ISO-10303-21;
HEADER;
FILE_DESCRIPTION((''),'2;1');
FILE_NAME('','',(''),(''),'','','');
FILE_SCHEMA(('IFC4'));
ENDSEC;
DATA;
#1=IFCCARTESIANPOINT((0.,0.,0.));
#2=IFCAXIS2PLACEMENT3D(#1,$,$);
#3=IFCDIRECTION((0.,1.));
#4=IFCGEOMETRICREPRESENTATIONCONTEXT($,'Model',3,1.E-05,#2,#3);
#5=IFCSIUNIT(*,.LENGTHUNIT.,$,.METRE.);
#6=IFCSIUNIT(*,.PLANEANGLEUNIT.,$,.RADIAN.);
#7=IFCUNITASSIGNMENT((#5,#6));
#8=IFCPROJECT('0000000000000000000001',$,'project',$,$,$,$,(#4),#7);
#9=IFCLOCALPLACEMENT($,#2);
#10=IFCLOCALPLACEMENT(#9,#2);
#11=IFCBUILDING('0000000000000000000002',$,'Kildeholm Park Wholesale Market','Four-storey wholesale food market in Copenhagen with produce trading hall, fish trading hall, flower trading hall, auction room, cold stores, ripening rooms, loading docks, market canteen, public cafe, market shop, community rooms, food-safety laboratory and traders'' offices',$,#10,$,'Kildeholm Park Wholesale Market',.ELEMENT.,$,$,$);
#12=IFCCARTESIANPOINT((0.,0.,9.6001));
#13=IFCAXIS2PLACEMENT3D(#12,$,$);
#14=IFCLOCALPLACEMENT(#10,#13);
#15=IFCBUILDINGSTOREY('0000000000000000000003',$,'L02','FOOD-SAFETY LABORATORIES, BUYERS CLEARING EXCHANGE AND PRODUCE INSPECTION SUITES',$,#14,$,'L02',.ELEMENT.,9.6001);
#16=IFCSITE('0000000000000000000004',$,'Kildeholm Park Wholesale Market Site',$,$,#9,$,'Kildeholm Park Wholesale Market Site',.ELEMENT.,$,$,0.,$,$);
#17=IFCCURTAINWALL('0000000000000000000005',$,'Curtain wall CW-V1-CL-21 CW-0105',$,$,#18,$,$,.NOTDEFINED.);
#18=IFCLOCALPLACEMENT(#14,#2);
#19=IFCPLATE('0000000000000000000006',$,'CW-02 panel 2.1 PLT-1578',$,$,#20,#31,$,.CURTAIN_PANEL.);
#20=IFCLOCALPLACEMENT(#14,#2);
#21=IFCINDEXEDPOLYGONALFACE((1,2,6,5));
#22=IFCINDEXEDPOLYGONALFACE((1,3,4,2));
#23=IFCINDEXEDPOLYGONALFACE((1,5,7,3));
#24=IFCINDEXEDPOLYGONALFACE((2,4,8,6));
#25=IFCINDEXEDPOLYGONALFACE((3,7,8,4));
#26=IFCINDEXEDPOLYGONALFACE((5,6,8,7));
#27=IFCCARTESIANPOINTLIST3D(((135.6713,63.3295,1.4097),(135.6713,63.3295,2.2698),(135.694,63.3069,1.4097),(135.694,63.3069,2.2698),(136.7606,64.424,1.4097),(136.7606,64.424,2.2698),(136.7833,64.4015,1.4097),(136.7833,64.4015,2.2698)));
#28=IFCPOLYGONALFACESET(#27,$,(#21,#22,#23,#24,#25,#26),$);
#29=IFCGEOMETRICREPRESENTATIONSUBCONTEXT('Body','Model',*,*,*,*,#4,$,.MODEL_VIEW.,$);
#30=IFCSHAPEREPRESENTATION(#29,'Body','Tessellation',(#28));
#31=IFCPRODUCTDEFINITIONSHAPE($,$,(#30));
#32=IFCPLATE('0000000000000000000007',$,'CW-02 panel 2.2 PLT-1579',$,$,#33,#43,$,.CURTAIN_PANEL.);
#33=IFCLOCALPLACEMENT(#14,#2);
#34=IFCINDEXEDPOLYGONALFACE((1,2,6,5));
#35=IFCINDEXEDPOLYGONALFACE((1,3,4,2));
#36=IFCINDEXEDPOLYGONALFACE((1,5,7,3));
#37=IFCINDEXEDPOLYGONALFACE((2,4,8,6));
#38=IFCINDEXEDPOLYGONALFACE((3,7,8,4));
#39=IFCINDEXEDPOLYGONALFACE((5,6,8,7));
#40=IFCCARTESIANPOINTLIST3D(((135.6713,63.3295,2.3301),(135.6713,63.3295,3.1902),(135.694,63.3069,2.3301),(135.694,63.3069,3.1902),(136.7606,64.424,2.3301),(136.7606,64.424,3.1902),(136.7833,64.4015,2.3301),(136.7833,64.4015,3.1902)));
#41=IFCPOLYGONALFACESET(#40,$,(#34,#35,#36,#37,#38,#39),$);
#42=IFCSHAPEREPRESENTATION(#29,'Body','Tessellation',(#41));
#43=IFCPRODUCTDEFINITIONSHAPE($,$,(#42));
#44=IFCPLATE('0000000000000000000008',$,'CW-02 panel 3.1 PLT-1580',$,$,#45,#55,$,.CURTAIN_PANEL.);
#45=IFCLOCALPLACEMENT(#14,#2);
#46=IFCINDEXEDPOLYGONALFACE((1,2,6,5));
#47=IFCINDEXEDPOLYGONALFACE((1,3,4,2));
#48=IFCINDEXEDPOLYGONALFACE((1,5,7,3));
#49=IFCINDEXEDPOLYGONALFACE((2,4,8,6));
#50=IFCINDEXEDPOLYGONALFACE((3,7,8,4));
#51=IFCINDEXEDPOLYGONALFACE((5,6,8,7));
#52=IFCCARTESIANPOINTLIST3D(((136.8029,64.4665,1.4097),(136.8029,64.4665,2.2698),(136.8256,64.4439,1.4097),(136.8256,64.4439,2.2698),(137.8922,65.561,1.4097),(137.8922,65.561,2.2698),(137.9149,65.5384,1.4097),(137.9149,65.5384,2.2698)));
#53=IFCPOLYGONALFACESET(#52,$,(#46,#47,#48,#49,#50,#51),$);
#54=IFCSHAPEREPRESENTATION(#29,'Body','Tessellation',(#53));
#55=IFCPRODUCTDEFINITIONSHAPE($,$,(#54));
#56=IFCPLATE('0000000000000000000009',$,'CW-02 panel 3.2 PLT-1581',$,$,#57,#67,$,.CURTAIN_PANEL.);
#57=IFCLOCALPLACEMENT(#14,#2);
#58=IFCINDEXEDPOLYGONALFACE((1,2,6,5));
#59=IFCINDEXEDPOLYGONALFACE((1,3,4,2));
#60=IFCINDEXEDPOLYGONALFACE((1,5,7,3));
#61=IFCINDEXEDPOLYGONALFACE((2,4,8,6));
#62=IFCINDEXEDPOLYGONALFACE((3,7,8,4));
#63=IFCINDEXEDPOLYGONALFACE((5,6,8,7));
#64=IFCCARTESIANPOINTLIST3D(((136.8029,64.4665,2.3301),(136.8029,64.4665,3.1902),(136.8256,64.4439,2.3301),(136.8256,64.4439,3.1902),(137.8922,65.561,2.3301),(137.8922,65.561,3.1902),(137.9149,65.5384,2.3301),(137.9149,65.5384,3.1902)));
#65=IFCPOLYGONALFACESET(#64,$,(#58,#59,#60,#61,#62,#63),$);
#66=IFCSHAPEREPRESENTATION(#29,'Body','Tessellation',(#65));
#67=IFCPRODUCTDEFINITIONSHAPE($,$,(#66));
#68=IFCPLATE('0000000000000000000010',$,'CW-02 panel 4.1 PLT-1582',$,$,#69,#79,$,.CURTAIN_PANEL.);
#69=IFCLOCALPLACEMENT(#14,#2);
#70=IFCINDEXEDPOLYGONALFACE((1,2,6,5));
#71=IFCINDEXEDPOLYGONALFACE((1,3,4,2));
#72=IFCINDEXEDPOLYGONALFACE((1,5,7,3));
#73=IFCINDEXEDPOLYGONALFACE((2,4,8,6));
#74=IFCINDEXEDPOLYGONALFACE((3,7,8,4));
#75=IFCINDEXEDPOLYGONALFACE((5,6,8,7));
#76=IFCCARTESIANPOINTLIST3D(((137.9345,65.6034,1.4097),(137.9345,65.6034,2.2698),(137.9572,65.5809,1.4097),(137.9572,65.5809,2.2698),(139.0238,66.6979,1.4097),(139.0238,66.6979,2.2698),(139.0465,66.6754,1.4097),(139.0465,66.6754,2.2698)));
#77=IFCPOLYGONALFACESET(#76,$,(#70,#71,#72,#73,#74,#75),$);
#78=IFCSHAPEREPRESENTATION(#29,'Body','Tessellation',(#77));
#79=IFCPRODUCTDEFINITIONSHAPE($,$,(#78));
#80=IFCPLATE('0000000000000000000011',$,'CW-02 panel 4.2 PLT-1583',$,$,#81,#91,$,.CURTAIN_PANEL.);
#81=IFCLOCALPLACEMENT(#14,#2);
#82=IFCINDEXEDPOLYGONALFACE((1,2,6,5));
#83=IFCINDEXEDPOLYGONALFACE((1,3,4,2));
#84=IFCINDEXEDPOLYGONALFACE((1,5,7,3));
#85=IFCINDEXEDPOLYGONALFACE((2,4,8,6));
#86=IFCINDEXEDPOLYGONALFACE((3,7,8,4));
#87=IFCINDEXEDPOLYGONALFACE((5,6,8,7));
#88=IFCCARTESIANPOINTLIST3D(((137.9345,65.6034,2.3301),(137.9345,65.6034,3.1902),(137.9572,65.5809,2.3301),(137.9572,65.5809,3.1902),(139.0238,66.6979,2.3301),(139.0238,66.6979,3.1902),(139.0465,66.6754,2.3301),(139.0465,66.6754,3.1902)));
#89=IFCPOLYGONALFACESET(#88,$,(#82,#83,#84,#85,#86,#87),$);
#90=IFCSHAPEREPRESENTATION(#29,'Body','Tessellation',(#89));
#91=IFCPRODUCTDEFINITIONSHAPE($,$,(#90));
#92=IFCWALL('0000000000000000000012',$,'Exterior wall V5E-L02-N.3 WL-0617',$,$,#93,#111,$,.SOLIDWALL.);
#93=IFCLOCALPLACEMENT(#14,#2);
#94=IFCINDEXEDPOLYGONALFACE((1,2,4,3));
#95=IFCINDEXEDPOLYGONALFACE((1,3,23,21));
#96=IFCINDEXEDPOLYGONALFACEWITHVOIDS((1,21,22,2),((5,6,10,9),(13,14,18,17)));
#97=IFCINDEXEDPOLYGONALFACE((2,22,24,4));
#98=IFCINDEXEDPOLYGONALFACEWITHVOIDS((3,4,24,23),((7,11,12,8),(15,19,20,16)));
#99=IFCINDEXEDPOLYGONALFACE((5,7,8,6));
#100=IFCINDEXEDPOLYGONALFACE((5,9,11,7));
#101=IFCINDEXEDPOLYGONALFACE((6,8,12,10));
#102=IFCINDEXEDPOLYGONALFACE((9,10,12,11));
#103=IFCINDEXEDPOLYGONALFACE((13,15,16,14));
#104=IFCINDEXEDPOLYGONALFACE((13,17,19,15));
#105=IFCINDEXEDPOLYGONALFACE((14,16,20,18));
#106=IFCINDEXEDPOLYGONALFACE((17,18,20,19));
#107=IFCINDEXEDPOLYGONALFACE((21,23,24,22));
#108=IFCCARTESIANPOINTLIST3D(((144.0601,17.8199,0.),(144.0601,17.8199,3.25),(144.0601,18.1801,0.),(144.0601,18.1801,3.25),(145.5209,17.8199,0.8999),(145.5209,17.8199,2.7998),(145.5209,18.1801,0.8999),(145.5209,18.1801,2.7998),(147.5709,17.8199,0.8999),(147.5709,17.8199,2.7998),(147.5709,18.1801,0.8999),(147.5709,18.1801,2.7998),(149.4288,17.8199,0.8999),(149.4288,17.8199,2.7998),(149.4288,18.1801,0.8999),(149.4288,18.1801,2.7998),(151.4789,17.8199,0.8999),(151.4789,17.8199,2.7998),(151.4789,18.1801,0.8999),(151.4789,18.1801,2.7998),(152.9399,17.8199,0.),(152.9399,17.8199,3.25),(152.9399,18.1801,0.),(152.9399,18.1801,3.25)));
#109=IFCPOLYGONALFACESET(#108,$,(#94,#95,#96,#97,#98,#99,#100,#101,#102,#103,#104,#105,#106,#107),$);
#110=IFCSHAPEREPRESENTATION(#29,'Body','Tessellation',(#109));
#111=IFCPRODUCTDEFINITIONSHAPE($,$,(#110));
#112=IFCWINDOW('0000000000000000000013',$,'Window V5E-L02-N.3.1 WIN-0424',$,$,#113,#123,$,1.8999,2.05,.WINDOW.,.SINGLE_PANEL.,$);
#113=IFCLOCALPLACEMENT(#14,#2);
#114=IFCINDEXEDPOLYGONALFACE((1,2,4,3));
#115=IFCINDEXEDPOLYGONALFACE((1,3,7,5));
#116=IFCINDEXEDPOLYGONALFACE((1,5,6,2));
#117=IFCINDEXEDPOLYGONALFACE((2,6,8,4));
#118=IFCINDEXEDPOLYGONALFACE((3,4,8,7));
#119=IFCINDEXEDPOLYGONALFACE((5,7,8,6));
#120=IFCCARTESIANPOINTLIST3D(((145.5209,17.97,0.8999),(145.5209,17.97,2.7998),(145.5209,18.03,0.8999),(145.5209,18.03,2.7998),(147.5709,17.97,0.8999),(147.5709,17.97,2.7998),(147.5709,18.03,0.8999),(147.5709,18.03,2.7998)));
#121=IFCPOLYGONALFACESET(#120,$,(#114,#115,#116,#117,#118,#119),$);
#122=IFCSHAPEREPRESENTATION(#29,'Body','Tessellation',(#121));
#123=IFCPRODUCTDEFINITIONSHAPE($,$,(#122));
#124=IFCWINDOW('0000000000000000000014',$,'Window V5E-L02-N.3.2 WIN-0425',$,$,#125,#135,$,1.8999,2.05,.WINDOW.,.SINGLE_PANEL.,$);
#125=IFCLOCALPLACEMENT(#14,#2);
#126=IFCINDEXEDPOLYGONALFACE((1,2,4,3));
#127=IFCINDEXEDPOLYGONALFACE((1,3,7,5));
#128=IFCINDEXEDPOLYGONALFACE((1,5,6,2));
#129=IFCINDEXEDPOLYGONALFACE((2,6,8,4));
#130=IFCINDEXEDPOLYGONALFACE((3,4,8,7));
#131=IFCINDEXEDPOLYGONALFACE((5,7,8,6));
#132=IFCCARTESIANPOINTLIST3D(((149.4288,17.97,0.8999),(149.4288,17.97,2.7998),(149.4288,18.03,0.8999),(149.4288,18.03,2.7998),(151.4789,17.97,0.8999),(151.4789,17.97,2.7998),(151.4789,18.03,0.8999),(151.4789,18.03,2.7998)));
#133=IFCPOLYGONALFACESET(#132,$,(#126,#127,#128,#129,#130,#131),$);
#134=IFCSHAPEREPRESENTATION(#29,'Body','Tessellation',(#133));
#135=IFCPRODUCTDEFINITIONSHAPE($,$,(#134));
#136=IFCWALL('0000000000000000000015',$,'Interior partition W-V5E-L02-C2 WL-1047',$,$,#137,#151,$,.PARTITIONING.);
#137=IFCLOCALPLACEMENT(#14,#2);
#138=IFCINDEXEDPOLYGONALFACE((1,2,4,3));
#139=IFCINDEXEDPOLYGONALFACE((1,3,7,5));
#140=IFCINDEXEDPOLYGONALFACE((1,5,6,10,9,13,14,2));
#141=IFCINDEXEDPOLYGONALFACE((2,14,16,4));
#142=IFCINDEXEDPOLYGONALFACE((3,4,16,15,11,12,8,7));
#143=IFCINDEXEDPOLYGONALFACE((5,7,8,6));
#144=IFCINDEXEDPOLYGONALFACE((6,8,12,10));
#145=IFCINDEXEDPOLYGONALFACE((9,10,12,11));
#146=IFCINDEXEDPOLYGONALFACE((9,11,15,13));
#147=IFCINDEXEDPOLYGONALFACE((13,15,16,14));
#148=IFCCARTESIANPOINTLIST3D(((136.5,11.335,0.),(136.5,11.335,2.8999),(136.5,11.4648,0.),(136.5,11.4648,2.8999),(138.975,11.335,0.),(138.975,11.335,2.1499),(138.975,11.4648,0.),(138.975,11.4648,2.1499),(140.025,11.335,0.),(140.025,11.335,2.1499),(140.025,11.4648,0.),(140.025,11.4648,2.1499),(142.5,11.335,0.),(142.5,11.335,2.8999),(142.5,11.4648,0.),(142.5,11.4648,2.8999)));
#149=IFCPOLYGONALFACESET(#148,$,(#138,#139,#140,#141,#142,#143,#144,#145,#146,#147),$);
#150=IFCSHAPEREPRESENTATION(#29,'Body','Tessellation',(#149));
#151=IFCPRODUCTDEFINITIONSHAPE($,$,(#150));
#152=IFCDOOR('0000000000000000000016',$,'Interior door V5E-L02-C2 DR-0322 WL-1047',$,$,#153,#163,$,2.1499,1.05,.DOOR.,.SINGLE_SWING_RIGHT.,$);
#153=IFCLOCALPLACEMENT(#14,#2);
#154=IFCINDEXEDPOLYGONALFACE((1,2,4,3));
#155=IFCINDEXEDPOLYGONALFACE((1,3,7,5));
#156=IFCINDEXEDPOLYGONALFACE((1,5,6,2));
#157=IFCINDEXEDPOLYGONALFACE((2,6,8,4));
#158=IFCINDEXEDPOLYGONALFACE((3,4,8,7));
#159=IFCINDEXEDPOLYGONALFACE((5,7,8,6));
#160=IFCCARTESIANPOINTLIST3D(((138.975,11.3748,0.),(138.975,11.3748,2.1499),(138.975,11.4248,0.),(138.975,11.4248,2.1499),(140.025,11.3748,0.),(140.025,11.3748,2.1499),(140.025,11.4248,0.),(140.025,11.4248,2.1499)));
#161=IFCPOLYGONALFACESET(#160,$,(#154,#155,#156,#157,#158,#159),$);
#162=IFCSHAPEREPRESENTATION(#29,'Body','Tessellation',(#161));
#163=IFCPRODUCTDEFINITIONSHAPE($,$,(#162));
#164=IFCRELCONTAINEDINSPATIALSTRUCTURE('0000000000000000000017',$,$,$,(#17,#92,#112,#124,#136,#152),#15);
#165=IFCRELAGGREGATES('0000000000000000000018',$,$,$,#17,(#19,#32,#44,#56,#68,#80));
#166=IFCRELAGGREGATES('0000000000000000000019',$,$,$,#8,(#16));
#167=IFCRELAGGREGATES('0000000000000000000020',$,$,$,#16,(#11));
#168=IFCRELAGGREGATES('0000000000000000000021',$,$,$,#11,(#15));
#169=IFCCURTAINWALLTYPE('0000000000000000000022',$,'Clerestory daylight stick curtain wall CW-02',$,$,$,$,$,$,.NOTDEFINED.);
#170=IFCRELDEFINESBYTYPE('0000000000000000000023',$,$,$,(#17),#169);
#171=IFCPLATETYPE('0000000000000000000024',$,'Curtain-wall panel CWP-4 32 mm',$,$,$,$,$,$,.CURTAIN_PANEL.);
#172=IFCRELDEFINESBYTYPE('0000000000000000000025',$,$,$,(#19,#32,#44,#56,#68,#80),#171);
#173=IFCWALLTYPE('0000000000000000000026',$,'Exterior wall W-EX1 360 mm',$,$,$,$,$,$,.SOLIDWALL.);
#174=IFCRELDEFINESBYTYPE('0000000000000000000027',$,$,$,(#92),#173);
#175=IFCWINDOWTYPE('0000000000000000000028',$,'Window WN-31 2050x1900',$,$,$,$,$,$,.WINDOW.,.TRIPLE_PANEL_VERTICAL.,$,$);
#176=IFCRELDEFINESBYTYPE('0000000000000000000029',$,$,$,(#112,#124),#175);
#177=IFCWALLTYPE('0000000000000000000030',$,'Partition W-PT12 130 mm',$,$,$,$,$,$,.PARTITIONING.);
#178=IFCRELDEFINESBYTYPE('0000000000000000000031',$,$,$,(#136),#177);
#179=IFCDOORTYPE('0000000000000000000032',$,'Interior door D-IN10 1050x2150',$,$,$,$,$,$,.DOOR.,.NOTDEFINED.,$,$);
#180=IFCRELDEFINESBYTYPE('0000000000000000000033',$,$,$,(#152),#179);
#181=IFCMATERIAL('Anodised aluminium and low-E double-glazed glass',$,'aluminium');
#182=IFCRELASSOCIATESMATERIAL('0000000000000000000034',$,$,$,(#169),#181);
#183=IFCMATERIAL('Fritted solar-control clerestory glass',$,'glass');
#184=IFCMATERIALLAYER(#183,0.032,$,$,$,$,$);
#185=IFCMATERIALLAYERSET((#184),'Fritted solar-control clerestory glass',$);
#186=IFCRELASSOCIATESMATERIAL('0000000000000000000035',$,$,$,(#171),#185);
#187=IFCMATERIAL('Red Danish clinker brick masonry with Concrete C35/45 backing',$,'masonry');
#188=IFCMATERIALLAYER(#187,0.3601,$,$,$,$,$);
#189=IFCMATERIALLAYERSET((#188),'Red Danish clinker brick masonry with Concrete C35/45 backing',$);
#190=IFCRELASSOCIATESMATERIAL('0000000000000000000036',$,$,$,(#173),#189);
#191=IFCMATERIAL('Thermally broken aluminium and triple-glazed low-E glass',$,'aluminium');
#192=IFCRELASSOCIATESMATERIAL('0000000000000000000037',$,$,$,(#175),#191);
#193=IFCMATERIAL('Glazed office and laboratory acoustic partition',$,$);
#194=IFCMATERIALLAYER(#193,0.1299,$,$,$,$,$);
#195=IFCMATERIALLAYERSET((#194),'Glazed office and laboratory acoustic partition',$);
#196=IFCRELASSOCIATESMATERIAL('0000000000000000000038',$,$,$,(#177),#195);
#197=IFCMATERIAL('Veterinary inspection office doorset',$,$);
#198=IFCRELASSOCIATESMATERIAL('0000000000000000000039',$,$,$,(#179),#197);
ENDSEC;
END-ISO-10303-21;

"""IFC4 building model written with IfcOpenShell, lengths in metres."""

from ifc_helpers import new_model, si_unit, direction, frame, frame_2d, origin, origin_2d, place, context, subcontext, project, spatial, rectangle, extrude, material, layer, layer_set, type_object, element, fill, aggregate, save


model = new_model("IFC4")

# Units and contexts
model_context = context("Model", 3, precision=1e-05, world=origin(), true_north=direction((0.0, 1.0)))
body_context = subcontext(model_context, "Body", "Model", "MODEL_VIEW")
ifc_project = project(units=[si_unit("LENGTHUNIT", "METRE"), si_unit("PLANEANGLEUNIT", "RADIAN")], contexts=[model_context])

# Site, building, storey
site_placement = place(None, origin())
site = spatial("IfcSite", under=ifc_project, at=site_placement, Name="Kildeholm Park Wholesale Market Site", LongName="Kildeholm Park Wholesale Market Site", CompositionType="ELEMENT", RefElevation=0.0)
building_placement = place(site_placement, origin())
building = spatial("IfcBuilding", under=site, at=building_placement, Name="Kildeholm Park Wholesale Market", Description="Four-storey wholesale food market in Copenhagen with produce trading hall, fish trading hall, flower trading hall, auction room, cold stores, ripening rooms, loading docks, market canteen, public cafe, market shop, community rooms, food-safety laboratory and traders' offices", LongName="Kildeholm Park Wholesale Market", CompositionType="ELEMENT")
storey_placement = place(building_placement, frame((0.0, 0.0, 9.6001)))
storey = spatial("IfcBuildingStorey", under=building, at=storey_placement, Name="L02", Description="FOOD-SAFETY LABORATORIES, BUYERS CLEARING EXCHANGE AND PRODUCE INSPECTION SUITES", LongName="L02", CompositionType="ELEMENT", Elevation=9.6001)

# Curtain wall, plates
ifc_material_1 = material(Name="Anodised aluminium and low-E double-glazed glass", Category="aluminium")
curtain_wall_type = type_object("IfcCurtainWallType", Name="Clerestory daylight stick curtain wall CW-02", PredefinedType="NOTDEFINED", material=ifc_material_1)
curtain_wall_placement = place(storey_placement, origin())
curtain_wall = element("IfcCurtainWall", 1, at=curtain_wall_placement, inside=storey, type_object=curtain_wall_type, Name="Curtain wall CW-V1-CL-21 CW-0105", PredefinedType="NOTDEFINED")
ifc_material_2 = material(Name="Fritted solar-control clerestory glass", Category="glass")
ifc_layer_1 = layer(ifc_material_2, 0.032)
ifc_layer_set_1 = layer_set([ifc_layer_1], Name="Fritted solar-control clerestory glass")
plate_type = type_object("IfcPlateType", Name="Curtain-wall panel CWP-4 32 mm", PredefinedType="CURTAIN_PANEL", material=ifc_layer_set_1)
plate_1_placement = place(storey_placement, frame((136.2273, 63.8655, 1.4097), z_axis=(0.0, 0.0, 1.0), x_axis=(0.705413, 0.708797, 0.0)))
plate_1 = element("IfcPlate", 2, at=plate_1_placement, type_object=plate_type, Name="CW-02 panel 2.1 PLT-1578", PredefinedType="CURTAIN_PANEL", context=body_context, shape_type="SweptSolid", body=[
    extrude(rectangle(XDim=1.5442, YDim=0.032, at=origin_2d()), origin(), (0.0, 0.0, 1.0), 0.8601),
])
plate_2_placement = place(storey_placement, frame((136.2273, 63.8655, 2.3301), z_axis=(0.0, 0.0, 1.0), x_axis=(0.705413, 0.708797, 0.0)))
plate_2 = element("IfcPlate", 3, at=plate_2_placement, type_object=plate_type, Name="CW-02 panel 2.2 PLT-1579", PredefinedType="CURTAIN_PANEL", context=body_context, shape_type="SweptSolid", body=[
    extrude(rectangle(XDim=1.5442, YDim=0.032, at=origin_2d()), origin(), (0.0, 0.0, 1.0), 0.8601),
])
plate_3_placement = place(storey_placement, frame((137.3589, 65.0024, 1.4097), z_axis=(0.0, 0.0, 1.0), x_axis=(0.705413, 0.708797, 0.0)))
plate_3 = element("IfcPlate", 4, at=plate_3_placement, type_object=plate_type, Name="CW-02 panel 3.1 PLT-1580", PredefinedType="CURTAIN_PANEL", context=body_context, shape_type="SweptSolid", body=[
    extrude(rectangle(XDim=1.5442, YDim=0.032, at=origin_2d()), origin(), (0.0, 0.0, 1.0), 0.8601),
])
plate_4_placement = place(storey_placement, frame((137.3589, 65.0024, 2.3301), z_axis=(0.0, 0.0, 1.0), x_axis=(0.705413, 0.708797, 0.0)))
plate_4 = element("IfcPlate", 5, at=plate_4_placement, type_object=plate_type, Name="CW-02 panel 3.2 PLT-1581", PredefinedType="CURTAIN_PANEL", context=body_context, shape_type="SweptSolid", body=[
    extrude(rectangle(XDim=1.5442, YDim=0.032, at=origin_2d()), origin(), (0.0, 0.0, 1.0), 0.8601),
])
plate_5_placement = place(storey_placement, frame((138.4905, 66.1394, 1.4097), z_axis=(0.0, 0.0, 1.0), x_axis=(0.705413, 0.708797, 0.0)))
plate_5 = element("IfcPlate", 6, at=plate_5_placement, type_object=plate_type, Name="CW-02 panel 4.1 PLT-1582", PredefinedType="CURTAIN_PANEL", context=body_context, shape_type="SweptSolid", body=[
    extrude(rectangle(XDim=1.5442, YDim=0.032, at=origin_2d()), origin(), (0.0, 0.0, 1.0), 0.8601),
])
plate_6_placement = place(storey_placement, frame((138.4905, 66.1394, 2.3301), z_axis=(0.0, 0.0, 1.0), x_axis=(0.705413, 0.708797, 0.0)))
plate_6 = element("IfcPlate", 7, at=plate_6_placement, type_object=plate_type, Name="CW-02 panel 4.2 PLT-1583", PredefinedType="CURTAIN_PANEL", context=body_context, shape_type="SweptSolid", body=[
    extrude(rectangle(XDim=1.5442, YDim=0.032, at=origin_2d()), origin(), (0.0, 0.0, 1.0), 0.8601),
])
aggregate(curtain_wall, [plate_1, plate_2, plate_3, plate_4, plate_5, plate_6])

# Wall, openings, windows
ifc_material_3 = material(Name="Red Danish clinker brick masonry with Concrete C35/45 backing", Category="masonry")
ifc_layer_2 = layer(ifc_material_3, 0.3601)
ifc_layer_set_2 = layer_set([ifc_layer_2], Name="Red Danish clinker brick masonry with Concrete C35/45 backing")
wall_type_1 = type_object("IfcWallType", Name="Exterior wall W-EX1 360 mm", PredefinedType="SOLIDWALL", material=ifc_layer_set_2)
wall_1_placement = place(storey_placement, frame((144.0601, 18.0, 0.0), z_axis=(0.0, 0.0, 1.0), x_axis=(1.0, 0.0, 0.0)))
wall_1 = element("IfcWall", 8, at=wall_1_placement, inside=storey, type_object=wall_type_1, Name="Exterior wall V5E-L02-N.3 WL-0617", PredefinedType="SOLIDWALL", context=body_context, shape_type="SweptSolid", body=[
    extrude(rectangle(XDim=8.8799, YDim=0.3601, at=frame_2d((4.4399, 0.0))), origin(), (0.0, 0.0, 1.0), 3.25),
])
opening_1_placement = place(wall_1_placement, frame((1.4609, 0.0, 0.8999)))
opening_1 = element("IfcOpeningElement", 9, at=opening_1_placement, cuts=wall_1, PredefinedType="OPENING", context=body_context, shape_type="SweptSolid", body=[
    extrude(rectangle(XDim=2.05, YDim=1.8999, at=frame_2d((1.0249, 0.95))), frame((0.0, 0.1899, 0.0), z_axis=(0.0, -1.0, 0.0), x_axis=(1.0, 0.0, 0.0)), (0.0, 0.0, 1.0), 0.3801),
])
opening_2_placement = place(wall_1_placement, frame((5.3689, 0.0, 0.8999)))
opening_2 = element("IfcOpeningElement", 10, at=opening_2_placement, cuts=wall_1, PredefinedType="OPENING", context=body_context, shape_type="SweptSolid", body=[
    extrude(rectangle(XDim=2.05, YDim=1.8999, at=frame_2d((1.0249, 0.95))), frame((0.0, 0.1899, 0.0), z_axis=(0.0, -1.0, 0.0), x_axis=(1.0, 0.0, 0.0)), (0.0, 0.0, 1.0), 0.3801),
])
ifc_material_4 = material(Name="Thermally broken aluminium and triple-glazed low-E glass", Category="aluminium")
window_type = type_object("IfcWindowType", Name="Window WN-31 2050x1900", PartitioningType="TRIPLE_PANEL_VERTICAL", PredefinedType="WINDOW", material=ifc_material_4)
window_1_placement = place(opening_1_placement, origin())
window_1 = element("IfcWindow", 11, at=window_1_placement, inside=storey, type_object=window_type, Name="Window V5E-L02-N.3.1 WIN-0424", OverallHeight=1.8999, OverallWidth=2.05, PartitioningType="SINGLE_PANEL", PredefinedType="WINDOW", context=body_context, shape_type="SweptSolid", body=[
    extrude(rectangle(XDim=2.05, YDim=1.8999, at=frame_2d((1.0249, 0.95))), frame((0.0, 0.03, 0.0), z_axis=(0.0, -1.0, 0.0), x_axis=(1.0, 0.0, 0.0)), (0.0, 0.0, 1.0), 0.0601),
])
fill(opening_1, window_1)
window_2_placement = place(opening_2_placement, origin())
window_2 = element("IfcWindow", 12, at=window_2_placement, inside=storey, type_object=window_type, Name="Window V5E-L02-N.3.2 WIN-0425", OverallHeight=1.8999, OverallWidth=2.05, PartitioningType="SINGLE_PANEL", PredefinedType="WINDOW", context=body_context, shape_type="SweptSolid", body=[
    extrude(rectangle(XDim=2.05, YDim=1.8999, at=frame_2d((1.0249, 0.95))), frame((0.0, 0.03, 0.0), z_axis=(0.0, -1.0, 0.0), x_axis=(1.0, 0.0, 0.0)), (0.0, 0.0, 1.0), 0.0601),
])
fill(opening_2, window_2)

# Wall, opening, door
ifc_material_5 = material(Name="Glazed office and laboratory acoustic partition")
ifc_layer_3 = layer(ifc_material_5, 0.1299)
ifc_layer_set_3 = layer_set([ifc_layer_3], Name="Glazed office and laboratory acoustic partition")
wall_type_2 = type_object("IfcWallType", Name="Partition W-PT12 130 mm", PredefinedType="PARTITIONING", material=ifc_layer_set_3)
wall_2_placement = place(storey_placement, frame((136.5, 11.3999, 0.0), z_axis=(0.0, 0.0, 1.0), x_axis=(1.0, 0.0, 0.0)))
wall_2 = element("IfcWall", 13, at=wall_2_placement, inside=storey, type_object=wall_type_2, Name="Interior partition W-V5E-L02-C2 WL-1047", PredefinedType="PARTITIONING", context=body_context, shape_type="SweptSolid", body=[
    extrude(rectangle(XDim=6.0, YDim=0.1299, at=frame_2d((3.0, 0.0))), origin(), (0.0, 0.0, 1.0), 2.8999),
])
opening_3_placement = place(wall_2_placement, frame((2.4751, 0.0, 0.0)))
opening_3 = element("IfcOpeningElement", 14, at=opening_3_placement, cuts=wall_2, PredefinedType="OPENING", context=body_context, shape_type="SweptSolid", body=[
    extrude(rectangle(XDim=1.05, YDim=2.1499, at=frame_2d((0.5249, 1.075))), frame((0.0, 0.075, 0.0), z_axis=(0.0, -1.0, 0.0), x_axis=(1.0, 0.0, 0.0)), (0.0, 0.0, 1.0), 0.1499),
])
ifc_material_6 = material(Name="Veterinary inspection office doorset")
door_type = type_object("IfcDoorType", Name="Interior door D-IN10 1050x2150", OperationType="NOTDEFINED", PredefinedType="DOOR", material=ifc_material_6)
door_placement = place(opening_3_placement, origin())
door = element("IfcDoor", 15, at=door_placement, inside=storey, type_object=door_type, Name="Interior door V5E-L02-C2 DR-0322 WL-1047", OperationType="SINGLE_SWING_RIGHT", OverallHeight=2.1499, OverallWidth=1.05, PredefinedType="DOOR", context=body_context, shape_type="SweptSolid", body=[
    extrude(rectangle(XDim=1.05, YDim=2.1499, at=frame_2d((0.5249, 1.075))), frame((0.0, 0.0249, 0.0), z_axis=(0.0, -1.0, 0.0), x_axis=(1.0, 0.0, 0.0)), (0.0, 0.0, 1.0), 0.05),
])
fill(opening_3, door)

save(model, "model.ifc")
